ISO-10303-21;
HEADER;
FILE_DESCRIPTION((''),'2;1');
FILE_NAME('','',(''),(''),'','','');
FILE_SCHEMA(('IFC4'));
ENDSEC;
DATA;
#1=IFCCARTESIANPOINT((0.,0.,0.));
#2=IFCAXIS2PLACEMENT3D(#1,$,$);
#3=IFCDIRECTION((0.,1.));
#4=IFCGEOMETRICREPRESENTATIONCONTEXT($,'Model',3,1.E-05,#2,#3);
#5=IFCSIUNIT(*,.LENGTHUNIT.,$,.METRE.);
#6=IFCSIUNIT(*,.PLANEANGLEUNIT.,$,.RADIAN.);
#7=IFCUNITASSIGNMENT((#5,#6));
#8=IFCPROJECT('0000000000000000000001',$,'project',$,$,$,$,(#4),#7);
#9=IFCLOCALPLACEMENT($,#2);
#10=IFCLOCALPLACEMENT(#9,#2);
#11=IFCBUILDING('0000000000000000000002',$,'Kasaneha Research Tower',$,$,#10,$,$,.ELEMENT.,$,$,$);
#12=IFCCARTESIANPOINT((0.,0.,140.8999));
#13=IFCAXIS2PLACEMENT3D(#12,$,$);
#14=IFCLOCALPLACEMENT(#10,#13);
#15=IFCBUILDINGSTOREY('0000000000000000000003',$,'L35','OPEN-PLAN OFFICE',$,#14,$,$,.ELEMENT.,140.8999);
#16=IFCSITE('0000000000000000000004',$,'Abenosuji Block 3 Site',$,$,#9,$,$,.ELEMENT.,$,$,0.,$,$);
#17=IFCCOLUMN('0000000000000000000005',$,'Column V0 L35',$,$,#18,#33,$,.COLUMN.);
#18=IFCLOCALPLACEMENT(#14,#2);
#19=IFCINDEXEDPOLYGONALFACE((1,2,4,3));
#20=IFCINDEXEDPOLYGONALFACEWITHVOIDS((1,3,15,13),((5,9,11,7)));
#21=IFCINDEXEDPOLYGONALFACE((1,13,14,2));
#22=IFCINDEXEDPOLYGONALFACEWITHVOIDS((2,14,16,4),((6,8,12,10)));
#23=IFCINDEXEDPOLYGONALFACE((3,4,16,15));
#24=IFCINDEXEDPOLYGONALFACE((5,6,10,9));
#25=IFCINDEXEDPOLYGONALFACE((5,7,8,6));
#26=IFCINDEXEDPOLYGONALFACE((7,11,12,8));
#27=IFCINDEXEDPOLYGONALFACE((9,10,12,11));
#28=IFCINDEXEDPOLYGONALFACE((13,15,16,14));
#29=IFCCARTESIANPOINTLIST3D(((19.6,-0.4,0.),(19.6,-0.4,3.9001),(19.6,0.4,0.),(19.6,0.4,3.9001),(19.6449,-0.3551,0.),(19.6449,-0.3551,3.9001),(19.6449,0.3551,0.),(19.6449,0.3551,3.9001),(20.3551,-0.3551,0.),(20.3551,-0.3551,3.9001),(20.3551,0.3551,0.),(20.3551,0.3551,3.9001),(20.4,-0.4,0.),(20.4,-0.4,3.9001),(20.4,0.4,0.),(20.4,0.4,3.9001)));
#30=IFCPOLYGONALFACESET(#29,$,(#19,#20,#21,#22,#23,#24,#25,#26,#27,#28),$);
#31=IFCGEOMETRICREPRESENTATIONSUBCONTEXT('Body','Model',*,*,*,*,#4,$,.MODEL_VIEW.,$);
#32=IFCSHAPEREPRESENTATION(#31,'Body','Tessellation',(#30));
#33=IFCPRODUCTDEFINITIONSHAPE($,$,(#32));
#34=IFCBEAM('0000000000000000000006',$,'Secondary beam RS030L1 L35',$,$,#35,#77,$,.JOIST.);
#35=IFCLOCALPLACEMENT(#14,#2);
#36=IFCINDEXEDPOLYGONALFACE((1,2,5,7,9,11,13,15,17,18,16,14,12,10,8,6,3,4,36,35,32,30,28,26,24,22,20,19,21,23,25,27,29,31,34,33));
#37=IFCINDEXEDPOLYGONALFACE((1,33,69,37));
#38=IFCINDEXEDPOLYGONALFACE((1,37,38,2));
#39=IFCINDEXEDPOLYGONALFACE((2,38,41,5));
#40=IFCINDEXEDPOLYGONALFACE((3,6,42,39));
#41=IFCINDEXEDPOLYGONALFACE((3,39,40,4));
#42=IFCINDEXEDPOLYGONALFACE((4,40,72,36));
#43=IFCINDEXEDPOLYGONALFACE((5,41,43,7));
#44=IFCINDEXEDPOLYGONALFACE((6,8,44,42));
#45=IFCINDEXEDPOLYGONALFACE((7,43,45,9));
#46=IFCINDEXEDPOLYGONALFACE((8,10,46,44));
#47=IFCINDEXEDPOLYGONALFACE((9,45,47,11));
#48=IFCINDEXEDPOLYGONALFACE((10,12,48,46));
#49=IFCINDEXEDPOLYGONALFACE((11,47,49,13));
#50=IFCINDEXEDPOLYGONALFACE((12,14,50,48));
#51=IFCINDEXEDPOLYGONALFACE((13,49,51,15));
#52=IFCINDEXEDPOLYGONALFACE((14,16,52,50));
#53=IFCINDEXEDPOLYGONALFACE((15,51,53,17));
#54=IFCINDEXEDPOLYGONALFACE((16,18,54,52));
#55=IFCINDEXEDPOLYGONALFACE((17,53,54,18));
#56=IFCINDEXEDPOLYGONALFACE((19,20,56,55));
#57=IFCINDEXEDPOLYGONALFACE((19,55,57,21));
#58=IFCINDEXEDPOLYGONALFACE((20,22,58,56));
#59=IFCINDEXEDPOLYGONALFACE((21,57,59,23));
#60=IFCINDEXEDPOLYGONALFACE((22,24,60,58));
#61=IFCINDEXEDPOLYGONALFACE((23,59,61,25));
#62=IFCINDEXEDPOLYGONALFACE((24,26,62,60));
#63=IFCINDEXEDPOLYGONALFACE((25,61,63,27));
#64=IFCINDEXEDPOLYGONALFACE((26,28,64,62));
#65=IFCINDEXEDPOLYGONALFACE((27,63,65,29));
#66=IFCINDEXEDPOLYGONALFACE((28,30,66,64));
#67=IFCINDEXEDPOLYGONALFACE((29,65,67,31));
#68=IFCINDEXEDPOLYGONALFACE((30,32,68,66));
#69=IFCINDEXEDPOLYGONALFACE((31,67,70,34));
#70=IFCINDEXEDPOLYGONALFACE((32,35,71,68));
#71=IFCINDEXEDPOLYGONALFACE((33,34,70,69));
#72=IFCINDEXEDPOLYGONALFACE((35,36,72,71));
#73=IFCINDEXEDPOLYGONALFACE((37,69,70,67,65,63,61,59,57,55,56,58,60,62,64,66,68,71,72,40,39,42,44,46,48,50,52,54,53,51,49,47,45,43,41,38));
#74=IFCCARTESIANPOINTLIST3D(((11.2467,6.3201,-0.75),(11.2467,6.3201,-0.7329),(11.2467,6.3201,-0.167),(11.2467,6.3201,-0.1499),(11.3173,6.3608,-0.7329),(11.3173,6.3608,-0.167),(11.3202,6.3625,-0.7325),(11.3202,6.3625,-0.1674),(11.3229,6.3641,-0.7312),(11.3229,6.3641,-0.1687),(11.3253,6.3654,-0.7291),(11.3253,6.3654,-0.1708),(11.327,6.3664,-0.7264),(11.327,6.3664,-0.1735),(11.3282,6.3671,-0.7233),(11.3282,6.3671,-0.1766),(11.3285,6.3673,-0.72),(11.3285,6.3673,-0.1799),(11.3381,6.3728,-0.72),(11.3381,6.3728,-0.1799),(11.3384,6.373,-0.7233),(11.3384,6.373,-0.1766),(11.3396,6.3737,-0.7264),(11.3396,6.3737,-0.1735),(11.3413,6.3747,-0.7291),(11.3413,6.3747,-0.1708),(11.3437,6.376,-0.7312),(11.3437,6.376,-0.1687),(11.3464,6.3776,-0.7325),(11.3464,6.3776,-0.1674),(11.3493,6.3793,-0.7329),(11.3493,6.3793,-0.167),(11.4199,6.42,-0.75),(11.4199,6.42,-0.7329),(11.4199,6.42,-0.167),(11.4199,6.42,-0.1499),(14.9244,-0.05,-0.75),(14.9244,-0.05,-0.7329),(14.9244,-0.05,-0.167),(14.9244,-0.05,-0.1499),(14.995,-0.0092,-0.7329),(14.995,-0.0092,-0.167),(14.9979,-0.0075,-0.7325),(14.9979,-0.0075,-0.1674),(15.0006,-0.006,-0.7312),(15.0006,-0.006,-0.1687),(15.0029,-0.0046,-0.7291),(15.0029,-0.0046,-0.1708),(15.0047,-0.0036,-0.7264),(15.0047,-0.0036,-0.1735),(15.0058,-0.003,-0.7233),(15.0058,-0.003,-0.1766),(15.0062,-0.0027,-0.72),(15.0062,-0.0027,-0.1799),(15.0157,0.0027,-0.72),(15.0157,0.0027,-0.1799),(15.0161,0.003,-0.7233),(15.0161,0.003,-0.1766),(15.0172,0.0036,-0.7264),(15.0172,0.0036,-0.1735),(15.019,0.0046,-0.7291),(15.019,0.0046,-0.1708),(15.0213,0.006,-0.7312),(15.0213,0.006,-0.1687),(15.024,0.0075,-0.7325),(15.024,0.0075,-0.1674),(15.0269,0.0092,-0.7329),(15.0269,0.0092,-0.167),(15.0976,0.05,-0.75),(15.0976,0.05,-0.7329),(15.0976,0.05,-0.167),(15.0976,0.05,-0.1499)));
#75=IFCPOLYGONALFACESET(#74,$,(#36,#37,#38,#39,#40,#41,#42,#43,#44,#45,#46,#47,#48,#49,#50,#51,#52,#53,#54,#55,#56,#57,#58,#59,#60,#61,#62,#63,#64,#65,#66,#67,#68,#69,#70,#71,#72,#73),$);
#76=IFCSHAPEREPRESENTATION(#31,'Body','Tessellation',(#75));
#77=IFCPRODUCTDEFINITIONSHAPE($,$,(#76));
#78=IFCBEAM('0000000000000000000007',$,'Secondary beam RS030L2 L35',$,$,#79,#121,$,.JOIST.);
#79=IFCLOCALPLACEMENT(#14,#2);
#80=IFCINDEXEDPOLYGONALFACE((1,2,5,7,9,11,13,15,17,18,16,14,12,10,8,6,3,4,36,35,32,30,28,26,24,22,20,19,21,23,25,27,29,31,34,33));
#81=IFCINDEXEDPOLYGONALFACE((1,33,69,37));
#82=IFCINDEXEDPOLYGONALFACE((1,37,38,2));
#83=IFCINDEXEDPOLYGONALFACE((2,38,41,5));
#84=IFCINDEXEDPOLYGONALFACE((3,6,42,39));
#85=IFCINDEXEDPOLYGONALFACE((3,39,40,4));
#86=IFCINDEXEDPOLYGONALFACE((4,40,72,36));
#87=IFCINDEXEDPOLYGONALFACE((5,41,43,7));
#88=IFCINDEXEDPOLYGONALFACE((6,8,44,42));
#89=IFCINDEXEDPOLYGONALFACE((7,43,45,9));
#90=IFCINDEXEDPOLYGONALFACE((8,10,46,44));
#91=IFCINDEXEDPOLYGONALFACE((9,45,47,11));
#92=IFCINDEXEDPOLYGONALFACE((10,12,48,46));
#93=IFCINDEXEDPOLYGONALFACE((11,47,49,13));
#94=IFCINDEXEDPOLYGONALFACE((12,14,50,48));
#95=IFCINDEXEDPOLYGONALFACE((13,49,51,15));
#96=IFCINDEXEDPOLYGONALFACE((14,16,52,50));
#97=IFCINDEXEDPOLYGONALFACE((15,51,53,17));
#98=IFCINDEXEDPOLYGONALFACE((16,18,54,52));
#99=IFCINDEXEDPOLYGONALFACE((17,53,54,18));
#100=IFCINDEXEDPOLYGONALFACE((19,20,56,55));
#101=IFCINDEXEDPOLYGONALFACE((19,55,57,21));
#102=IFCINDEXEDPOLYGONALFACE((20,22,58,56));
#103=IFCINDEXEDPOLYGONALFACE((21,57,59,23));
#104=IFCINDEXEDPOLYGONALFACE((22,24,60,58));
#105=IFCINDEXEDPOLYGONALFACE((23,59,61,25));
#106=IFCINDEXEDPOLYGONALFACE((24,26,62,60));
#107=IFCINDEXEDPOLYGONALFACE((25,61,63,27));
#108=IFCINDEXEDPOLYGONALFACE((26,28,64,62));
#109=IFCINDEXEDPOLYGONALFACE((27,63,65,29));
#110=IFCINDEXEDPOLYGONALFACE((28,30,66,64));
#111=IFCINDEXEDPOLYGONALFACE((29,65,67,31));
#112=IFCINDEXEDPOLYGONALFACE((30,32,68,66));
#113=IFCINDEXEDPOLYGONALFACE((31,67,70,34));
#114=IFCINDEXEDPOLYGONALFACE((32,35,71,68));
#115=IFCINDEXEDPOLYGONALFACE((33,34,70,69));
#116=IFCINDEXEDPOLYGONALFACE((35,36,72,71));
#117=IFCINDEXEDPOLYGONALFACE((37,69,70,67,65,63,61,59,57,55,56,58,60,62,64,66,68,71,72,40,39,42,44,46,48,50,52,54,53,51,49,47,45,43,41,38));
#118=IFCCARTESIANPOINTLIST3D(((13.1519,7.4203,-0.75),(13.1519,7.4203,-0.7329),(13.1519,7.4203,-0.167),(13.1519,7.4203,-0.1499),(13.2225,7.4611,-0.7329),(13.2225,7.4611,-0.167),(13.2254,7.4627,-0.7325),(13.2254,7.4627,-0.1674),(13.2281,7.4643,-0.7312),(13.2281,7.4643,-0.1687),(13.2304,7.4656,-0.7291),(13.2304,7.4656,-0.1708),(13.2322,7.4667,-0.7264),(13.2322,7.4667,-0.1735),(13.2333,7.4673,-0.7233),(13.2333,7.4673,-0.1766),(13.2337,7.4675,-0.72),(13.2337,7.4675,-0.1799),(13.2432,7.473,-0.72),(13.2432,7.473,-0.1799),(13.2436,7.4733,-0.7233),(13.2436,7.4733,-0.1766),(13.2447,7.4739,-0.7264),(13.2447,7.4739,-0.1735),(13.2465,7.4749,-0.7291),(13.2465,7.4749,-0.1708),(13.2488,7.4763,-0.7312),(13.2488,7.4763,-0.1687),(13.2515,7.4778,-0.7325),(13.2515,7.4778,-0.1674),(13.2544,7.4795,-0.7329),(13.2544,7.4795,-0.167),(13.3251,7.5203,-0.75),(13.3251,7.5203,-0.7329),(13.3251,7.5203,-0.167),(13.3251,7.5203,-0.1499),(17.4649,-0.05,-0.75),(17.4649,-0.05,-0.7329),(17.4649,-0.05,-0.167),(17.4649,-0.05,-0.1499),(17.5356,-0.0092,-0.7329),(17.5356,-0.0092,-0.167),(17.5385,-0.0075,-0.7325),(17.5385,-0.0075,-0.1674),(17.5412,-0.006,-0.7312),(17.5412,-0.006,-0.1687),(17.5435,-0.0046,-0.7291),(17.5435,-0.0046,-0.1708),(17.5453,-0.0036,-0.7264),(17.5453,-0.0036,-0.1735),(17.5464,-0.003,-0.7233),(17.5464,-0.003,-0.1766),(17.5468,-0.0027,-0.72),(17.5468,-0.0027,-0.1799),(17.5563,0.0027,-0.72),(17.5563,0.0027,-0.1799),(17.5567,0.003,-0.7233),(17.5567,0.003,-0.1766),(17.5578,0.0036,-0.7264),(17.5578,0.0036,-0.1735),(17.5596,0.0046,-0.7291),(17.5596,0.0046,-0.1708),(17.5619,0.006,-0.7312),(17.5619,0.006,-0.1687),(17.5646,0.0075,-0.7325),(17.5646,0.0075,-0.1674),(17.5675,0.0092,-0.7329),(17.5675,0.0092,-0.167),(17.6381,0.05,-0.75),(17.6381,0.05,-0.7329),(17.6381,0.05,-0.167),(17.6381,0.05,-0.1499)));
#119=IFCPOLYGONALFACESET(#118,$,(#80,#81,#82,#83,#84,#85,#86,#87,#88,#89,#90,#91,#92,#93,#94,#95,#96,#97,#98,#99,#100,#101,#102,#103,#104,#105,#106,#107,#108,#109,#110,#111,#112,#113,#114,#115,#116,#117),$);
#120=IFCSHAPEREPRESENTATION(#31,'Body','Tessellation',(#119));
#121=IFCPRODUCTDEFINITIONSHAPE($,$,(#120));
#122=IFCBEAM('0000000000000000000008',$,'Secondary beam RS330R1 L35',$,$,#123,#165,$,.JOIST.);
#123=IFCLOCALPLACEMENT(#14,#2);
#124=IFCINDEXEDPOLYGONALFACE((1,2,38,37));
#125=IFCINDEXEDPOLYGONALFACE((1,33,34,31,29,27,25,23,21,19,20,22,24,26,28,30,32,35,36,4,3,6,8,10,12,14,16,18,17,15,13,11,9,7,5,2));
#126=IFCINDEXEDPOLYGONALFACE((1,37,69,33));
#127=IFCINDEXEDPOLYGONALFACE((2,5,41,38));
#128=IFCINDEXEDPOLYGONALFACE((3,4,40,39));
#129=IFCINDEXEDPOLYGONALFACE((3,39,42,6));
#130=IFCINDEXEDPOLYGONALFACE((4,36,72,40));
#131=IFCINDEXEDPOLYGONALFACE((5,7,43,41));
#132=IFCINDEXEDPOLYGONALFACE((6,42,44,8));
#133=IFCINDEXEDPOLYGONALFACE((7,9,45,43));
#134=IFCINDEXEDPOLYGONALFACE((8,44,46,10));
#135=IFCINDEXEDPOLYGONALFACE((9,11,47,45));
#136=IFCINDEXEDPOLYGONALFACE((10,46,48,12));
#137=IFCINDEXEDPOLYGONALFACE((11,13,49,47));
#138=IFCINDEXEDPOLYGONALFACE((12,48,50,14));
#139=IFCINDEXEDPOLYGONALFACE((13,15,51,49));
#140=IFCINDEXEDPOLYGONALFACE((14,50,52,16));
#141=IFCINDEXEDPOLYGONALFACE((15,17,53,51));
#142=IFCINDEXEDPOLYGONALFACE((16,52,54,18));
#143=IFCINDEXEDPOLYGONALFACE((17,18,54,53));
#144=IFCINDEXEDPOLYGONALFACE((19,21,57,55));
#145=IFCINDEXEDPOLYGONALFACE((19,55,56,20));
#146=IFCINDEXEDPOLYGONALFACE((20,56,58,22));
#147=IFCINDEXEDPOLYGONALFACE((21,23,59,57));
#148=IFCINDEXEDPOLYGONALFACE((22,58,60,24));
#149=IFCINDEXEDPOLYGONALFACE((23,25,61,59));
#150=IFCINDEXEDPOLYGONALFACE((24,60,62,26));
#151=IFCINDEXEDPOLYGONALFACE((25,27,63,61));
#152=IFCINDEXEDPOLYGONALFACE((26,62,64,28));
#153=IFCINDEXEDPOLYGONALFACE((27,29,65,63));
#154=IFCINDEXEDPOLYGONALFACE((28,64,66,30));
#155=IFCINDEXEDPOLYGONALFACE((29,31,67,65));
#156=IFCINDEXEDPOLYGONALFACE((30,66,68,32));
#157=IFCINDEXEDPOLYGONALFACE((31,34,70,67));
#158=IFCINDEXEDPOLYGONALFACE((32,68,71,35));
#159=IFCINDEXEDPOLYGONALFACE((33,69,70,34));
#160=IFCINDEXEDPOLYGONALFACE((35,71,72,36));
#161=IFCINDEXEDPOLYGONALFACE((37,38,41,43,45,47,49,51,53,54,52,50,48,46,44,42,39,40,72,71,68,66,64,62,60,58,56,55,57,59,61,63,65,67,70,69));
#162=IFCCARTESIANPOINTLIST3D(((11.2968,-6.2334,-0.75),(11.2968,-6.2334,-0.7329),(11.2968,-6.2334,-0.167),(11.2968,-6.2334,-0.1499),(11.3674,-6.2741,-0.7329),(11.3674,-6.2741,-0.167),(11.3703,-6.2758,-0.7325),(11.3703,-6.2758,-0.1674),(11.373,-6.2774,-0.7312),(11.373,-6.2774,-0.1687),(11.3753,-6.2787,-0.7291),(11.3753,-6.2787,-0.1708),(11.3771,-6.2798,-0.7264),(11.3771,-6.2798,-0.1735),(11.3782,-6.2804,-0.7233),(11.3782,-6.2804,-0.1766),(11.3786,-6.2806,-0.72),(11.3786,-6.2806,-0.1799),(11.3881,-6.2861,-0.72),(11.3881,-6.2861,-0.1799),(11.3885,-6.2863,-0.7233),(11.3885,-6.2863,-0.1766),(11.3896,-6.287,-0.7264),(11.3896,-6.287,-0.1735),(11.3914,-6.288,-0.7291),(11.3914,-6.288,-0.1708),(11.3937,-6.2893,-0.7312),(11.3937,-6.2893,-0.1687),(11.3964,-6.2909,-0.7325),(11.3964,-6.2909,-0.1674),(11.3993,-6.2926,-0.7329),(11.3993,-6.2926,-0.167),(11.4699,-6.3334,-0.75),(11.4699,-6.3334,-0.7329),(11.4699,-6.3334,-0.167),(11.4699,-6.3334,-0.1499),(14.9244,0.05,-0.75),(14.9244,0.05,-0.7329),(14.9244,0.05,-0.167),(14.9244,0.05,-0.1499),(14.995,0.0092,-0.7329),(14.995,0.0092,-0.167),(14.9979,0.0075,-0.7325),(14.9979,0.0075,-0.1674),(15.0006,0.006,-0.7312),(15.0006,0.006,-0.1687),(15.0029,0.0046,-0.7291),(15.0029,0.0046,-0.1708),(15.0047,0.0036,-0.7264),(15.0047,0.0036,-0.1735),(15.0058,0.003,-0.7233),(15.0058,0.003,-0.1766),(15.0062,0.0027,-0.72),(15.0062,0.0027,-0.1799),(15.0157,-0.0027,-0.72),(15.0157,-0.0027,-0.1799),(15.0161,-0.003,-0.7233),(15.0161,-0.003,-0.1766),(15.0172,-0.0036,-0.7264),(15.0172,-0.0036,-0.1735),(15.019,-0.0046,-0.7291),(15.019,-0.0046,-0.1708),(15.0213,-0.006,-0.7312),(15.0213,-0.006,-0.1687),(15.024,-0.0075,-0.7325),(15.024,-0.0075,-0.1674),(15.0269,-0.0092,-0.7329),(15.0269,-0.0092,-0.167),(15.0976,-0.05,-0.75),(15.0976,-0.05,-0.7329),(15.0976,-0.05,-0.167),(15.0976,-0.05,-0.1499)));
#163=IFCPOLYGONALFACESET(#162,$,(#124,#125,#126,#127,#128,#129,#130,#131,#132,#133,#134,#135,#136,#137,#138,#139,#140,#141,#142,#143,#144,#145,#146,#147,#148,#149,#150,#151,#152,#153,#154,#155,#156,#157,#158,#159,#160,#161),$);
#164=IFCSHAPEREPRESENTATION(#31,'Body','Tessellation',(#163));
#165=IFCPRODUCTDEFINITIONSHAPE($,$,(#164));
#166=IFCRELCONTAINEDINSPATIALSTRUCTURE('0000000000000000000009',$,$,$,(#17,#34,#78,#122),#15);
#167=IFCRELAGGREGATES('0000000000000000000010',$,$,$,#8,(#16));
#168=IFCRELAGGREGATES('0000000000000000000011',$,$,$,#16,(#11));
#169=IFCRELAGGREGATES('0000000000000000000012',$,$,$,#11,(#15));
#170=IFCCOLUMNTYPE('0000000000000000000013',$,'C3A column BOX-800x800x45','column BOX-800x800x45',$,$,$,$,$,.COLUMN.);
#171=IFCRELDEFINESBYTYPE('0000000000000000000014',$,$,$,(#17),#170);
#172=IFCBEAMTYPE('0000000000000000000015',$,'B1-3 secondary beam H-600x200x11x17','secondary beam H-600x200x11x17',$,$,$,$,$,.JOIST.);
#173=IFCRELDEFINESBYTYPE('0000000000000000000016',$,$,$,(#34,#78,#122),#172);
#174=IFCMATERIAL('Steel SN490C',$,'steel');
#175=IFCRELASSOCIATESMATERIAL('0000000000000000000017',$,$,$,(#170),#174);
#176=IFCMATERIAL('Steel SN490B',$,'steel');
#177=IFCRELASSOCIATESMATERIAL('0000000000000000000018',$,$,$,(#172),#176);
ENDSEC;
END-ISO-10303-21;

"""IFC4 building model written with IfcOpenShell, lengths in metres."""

from ifc_helpers import new_model, si_unit, direction, frame, origin, origin_2d, place, context, subcontext, project, spatial, hollow_rectangle, i_section, extrude, material, material_profile, profile_set, type_object, element, save


model = new_model("IFC4")

# Units and contexts
model_context = context("Model", 3, precision=1e-05, world=origin(), true_north=direction((0.0, 1.0)))
body_context = subcontext(model_context, "Body", "Model", "MODEL_VIEW")
ifc_project = project(units=[si_unit("LENGTHUNIT", "METRE"), si_unit("PLANEANGLEUNIT", "RADIAN")], contexts=[model_context])

# Site, building, storey
site_placement = place(None, origin())
site = spatial("IfcSite", under=ifc_project, at=site_placement, Name="Abenosuji Block 3 Site", CompositionType="ELEMENT", RefElevation=0.0)
building_placement = place(site_placement, origin())
building = spatial("IfcBuilding", under=site, at=building_placement, Name="Kasaneha Research Tower", CompositionType="ELEMENT")
storey_placement = place(building_placement, frame((0.0, 0.0, 140.8999)))
storey = spatial("IfcBuildingStorey", under=building, at=storey_placement, Name="L35", Description="OPEN-PLAN OFFICE", CompositionType="ELEMENT", Elevation=140.8999)

# Column
ifc_material_1 = material(Name="Steel SN490C", Category="steel")
ifc_material_profile_1 = material_profile(ifc_material_1, hollow_rectangle(XDim=0.8, YDim=0.8, WallThickness=0.0449, at=origin_2d()), Name="BOX-800x800x45")
ifc_profile_set_1 = profile_set([ifc_material_profile_1], Name="Steel SN490C")
column_type = type_object("IfcColumnType", Name="C3A column BOX-800x800x45", Description="column BOX-800x800x45", PredefinedType="COLUMN", material=ifc_profile_set_1)
column_placement = place(storey_placement, frame((20.0, 0.0, 0.0), z_axis=(0.0, 0.0, 1.0), x_axis=(1.0, 0.0, 0.0)))
element("IfcColumn", 1, at=column_placement, inside=storey, type_object=column_type, Name="Column V0 L35", PredefinedType="COLUMN", context=body_context, shape_type="SweptSolid", body=[
    extrude(hollow_rectangle(XDim=0.8, YDim=0.8, WallThickness=0.0449, at=origin_2d()), origin(), (0.0, 0.0, 1.0), 3.9001),
])

# Beams
ifc_material_2 = material(Name="Steel SN490B", Category="steel")
ifc_material_profile_2 = material_profile(ifc_material_2, i_section(OverallWidth=0.2, OverallDepth=0.6001, WebThickness=0.011, FlangeThickness=0.0171, FilletRadius=0.0129, at=origin_2d()), Name="H-600x200x11x17")
ifc_profile_set_2 = profile_set([ifc_material_profile_2], Name="Steel SN490B")
beam_type_1 = type_object("IfcBeamType", Name="B1-3 secondary beam H-600x200x11x17", Description="secondary beam H-600x200x11x17", PredefinedType="JOIST", material=ifc_profile_set_2)
beam_1_placement = place(storey_placement, frame((15.011, 0.0, -0.45), z_axis=(-0.499994, 0.866029, 0.0), x_axis=(-0.866029, -0.499994, 0.0)))
element("IfcBeam", 2, at=beam_1_placement, inside=storey, type_object=beam_type_1, Name="Secondary beam RS030L1 L35", PredefinedType="JOIST", context=body_context, shape_type="SweptSolid", body=[
    extrude(i_section(OverallWidth=0.2, OverallDepth=0.6001, WebThickness=0.011, FlangeThickness=0.0171, FilletRadius=0.0129, at=origin_2d()), origin(), (0.0, 0.0, 1.0), 7.3555),
])
beam_2_placement = place(storey_placement, frame((17.5515, 0.0, -0.45), z_axis=(-0.500005, 0.866023, 0.0), x_axis=(-0.866023, -0.500005, 0.0)))
element("IfcBeam", 3, at=beam_2_placement, inside=storey, type_object=beam_type_1, Name="Secondary beam RS030L2 L35", PredefinedType="JOIST", context=body_context, shape_type="SweptSolid", body=[
    extrude(i_section(OverallWidth=0.2, OverallDepth=0.6001, WebThickness=0.011, FlangeThickness=0.0171, FilletRadius=0.0129, at=origin_2d()), origin(), (0.0, 0.0, 1.0), 8.626),
])
beam_3_placement = place(storey_placement, frame((15.011, 0.0, -0.45), z_axis=(-0.499993, -0.866029, 0.0), x_axis=(0.866029, -0.499993, 0.0)))
element("IfcBeam", 4, at=beam_3_placement, inside=storey, type_object=beam_type_1, Name="Secondary beam RS330R1 L35", PredefinedType="JOIST", context=body_context, shape_type="SweptSolid", body=[
    extrude(i_section(OverallWidth=0.2, OverallDepth=0.6001, WebThickness=0.011, FlangeThickness=0.0171, FilletRadius=0.0129, at=origin_2d()), origin(), (0.0, 0.0, 1.0), 7.2554),
])

save(model, "model.ifc")
